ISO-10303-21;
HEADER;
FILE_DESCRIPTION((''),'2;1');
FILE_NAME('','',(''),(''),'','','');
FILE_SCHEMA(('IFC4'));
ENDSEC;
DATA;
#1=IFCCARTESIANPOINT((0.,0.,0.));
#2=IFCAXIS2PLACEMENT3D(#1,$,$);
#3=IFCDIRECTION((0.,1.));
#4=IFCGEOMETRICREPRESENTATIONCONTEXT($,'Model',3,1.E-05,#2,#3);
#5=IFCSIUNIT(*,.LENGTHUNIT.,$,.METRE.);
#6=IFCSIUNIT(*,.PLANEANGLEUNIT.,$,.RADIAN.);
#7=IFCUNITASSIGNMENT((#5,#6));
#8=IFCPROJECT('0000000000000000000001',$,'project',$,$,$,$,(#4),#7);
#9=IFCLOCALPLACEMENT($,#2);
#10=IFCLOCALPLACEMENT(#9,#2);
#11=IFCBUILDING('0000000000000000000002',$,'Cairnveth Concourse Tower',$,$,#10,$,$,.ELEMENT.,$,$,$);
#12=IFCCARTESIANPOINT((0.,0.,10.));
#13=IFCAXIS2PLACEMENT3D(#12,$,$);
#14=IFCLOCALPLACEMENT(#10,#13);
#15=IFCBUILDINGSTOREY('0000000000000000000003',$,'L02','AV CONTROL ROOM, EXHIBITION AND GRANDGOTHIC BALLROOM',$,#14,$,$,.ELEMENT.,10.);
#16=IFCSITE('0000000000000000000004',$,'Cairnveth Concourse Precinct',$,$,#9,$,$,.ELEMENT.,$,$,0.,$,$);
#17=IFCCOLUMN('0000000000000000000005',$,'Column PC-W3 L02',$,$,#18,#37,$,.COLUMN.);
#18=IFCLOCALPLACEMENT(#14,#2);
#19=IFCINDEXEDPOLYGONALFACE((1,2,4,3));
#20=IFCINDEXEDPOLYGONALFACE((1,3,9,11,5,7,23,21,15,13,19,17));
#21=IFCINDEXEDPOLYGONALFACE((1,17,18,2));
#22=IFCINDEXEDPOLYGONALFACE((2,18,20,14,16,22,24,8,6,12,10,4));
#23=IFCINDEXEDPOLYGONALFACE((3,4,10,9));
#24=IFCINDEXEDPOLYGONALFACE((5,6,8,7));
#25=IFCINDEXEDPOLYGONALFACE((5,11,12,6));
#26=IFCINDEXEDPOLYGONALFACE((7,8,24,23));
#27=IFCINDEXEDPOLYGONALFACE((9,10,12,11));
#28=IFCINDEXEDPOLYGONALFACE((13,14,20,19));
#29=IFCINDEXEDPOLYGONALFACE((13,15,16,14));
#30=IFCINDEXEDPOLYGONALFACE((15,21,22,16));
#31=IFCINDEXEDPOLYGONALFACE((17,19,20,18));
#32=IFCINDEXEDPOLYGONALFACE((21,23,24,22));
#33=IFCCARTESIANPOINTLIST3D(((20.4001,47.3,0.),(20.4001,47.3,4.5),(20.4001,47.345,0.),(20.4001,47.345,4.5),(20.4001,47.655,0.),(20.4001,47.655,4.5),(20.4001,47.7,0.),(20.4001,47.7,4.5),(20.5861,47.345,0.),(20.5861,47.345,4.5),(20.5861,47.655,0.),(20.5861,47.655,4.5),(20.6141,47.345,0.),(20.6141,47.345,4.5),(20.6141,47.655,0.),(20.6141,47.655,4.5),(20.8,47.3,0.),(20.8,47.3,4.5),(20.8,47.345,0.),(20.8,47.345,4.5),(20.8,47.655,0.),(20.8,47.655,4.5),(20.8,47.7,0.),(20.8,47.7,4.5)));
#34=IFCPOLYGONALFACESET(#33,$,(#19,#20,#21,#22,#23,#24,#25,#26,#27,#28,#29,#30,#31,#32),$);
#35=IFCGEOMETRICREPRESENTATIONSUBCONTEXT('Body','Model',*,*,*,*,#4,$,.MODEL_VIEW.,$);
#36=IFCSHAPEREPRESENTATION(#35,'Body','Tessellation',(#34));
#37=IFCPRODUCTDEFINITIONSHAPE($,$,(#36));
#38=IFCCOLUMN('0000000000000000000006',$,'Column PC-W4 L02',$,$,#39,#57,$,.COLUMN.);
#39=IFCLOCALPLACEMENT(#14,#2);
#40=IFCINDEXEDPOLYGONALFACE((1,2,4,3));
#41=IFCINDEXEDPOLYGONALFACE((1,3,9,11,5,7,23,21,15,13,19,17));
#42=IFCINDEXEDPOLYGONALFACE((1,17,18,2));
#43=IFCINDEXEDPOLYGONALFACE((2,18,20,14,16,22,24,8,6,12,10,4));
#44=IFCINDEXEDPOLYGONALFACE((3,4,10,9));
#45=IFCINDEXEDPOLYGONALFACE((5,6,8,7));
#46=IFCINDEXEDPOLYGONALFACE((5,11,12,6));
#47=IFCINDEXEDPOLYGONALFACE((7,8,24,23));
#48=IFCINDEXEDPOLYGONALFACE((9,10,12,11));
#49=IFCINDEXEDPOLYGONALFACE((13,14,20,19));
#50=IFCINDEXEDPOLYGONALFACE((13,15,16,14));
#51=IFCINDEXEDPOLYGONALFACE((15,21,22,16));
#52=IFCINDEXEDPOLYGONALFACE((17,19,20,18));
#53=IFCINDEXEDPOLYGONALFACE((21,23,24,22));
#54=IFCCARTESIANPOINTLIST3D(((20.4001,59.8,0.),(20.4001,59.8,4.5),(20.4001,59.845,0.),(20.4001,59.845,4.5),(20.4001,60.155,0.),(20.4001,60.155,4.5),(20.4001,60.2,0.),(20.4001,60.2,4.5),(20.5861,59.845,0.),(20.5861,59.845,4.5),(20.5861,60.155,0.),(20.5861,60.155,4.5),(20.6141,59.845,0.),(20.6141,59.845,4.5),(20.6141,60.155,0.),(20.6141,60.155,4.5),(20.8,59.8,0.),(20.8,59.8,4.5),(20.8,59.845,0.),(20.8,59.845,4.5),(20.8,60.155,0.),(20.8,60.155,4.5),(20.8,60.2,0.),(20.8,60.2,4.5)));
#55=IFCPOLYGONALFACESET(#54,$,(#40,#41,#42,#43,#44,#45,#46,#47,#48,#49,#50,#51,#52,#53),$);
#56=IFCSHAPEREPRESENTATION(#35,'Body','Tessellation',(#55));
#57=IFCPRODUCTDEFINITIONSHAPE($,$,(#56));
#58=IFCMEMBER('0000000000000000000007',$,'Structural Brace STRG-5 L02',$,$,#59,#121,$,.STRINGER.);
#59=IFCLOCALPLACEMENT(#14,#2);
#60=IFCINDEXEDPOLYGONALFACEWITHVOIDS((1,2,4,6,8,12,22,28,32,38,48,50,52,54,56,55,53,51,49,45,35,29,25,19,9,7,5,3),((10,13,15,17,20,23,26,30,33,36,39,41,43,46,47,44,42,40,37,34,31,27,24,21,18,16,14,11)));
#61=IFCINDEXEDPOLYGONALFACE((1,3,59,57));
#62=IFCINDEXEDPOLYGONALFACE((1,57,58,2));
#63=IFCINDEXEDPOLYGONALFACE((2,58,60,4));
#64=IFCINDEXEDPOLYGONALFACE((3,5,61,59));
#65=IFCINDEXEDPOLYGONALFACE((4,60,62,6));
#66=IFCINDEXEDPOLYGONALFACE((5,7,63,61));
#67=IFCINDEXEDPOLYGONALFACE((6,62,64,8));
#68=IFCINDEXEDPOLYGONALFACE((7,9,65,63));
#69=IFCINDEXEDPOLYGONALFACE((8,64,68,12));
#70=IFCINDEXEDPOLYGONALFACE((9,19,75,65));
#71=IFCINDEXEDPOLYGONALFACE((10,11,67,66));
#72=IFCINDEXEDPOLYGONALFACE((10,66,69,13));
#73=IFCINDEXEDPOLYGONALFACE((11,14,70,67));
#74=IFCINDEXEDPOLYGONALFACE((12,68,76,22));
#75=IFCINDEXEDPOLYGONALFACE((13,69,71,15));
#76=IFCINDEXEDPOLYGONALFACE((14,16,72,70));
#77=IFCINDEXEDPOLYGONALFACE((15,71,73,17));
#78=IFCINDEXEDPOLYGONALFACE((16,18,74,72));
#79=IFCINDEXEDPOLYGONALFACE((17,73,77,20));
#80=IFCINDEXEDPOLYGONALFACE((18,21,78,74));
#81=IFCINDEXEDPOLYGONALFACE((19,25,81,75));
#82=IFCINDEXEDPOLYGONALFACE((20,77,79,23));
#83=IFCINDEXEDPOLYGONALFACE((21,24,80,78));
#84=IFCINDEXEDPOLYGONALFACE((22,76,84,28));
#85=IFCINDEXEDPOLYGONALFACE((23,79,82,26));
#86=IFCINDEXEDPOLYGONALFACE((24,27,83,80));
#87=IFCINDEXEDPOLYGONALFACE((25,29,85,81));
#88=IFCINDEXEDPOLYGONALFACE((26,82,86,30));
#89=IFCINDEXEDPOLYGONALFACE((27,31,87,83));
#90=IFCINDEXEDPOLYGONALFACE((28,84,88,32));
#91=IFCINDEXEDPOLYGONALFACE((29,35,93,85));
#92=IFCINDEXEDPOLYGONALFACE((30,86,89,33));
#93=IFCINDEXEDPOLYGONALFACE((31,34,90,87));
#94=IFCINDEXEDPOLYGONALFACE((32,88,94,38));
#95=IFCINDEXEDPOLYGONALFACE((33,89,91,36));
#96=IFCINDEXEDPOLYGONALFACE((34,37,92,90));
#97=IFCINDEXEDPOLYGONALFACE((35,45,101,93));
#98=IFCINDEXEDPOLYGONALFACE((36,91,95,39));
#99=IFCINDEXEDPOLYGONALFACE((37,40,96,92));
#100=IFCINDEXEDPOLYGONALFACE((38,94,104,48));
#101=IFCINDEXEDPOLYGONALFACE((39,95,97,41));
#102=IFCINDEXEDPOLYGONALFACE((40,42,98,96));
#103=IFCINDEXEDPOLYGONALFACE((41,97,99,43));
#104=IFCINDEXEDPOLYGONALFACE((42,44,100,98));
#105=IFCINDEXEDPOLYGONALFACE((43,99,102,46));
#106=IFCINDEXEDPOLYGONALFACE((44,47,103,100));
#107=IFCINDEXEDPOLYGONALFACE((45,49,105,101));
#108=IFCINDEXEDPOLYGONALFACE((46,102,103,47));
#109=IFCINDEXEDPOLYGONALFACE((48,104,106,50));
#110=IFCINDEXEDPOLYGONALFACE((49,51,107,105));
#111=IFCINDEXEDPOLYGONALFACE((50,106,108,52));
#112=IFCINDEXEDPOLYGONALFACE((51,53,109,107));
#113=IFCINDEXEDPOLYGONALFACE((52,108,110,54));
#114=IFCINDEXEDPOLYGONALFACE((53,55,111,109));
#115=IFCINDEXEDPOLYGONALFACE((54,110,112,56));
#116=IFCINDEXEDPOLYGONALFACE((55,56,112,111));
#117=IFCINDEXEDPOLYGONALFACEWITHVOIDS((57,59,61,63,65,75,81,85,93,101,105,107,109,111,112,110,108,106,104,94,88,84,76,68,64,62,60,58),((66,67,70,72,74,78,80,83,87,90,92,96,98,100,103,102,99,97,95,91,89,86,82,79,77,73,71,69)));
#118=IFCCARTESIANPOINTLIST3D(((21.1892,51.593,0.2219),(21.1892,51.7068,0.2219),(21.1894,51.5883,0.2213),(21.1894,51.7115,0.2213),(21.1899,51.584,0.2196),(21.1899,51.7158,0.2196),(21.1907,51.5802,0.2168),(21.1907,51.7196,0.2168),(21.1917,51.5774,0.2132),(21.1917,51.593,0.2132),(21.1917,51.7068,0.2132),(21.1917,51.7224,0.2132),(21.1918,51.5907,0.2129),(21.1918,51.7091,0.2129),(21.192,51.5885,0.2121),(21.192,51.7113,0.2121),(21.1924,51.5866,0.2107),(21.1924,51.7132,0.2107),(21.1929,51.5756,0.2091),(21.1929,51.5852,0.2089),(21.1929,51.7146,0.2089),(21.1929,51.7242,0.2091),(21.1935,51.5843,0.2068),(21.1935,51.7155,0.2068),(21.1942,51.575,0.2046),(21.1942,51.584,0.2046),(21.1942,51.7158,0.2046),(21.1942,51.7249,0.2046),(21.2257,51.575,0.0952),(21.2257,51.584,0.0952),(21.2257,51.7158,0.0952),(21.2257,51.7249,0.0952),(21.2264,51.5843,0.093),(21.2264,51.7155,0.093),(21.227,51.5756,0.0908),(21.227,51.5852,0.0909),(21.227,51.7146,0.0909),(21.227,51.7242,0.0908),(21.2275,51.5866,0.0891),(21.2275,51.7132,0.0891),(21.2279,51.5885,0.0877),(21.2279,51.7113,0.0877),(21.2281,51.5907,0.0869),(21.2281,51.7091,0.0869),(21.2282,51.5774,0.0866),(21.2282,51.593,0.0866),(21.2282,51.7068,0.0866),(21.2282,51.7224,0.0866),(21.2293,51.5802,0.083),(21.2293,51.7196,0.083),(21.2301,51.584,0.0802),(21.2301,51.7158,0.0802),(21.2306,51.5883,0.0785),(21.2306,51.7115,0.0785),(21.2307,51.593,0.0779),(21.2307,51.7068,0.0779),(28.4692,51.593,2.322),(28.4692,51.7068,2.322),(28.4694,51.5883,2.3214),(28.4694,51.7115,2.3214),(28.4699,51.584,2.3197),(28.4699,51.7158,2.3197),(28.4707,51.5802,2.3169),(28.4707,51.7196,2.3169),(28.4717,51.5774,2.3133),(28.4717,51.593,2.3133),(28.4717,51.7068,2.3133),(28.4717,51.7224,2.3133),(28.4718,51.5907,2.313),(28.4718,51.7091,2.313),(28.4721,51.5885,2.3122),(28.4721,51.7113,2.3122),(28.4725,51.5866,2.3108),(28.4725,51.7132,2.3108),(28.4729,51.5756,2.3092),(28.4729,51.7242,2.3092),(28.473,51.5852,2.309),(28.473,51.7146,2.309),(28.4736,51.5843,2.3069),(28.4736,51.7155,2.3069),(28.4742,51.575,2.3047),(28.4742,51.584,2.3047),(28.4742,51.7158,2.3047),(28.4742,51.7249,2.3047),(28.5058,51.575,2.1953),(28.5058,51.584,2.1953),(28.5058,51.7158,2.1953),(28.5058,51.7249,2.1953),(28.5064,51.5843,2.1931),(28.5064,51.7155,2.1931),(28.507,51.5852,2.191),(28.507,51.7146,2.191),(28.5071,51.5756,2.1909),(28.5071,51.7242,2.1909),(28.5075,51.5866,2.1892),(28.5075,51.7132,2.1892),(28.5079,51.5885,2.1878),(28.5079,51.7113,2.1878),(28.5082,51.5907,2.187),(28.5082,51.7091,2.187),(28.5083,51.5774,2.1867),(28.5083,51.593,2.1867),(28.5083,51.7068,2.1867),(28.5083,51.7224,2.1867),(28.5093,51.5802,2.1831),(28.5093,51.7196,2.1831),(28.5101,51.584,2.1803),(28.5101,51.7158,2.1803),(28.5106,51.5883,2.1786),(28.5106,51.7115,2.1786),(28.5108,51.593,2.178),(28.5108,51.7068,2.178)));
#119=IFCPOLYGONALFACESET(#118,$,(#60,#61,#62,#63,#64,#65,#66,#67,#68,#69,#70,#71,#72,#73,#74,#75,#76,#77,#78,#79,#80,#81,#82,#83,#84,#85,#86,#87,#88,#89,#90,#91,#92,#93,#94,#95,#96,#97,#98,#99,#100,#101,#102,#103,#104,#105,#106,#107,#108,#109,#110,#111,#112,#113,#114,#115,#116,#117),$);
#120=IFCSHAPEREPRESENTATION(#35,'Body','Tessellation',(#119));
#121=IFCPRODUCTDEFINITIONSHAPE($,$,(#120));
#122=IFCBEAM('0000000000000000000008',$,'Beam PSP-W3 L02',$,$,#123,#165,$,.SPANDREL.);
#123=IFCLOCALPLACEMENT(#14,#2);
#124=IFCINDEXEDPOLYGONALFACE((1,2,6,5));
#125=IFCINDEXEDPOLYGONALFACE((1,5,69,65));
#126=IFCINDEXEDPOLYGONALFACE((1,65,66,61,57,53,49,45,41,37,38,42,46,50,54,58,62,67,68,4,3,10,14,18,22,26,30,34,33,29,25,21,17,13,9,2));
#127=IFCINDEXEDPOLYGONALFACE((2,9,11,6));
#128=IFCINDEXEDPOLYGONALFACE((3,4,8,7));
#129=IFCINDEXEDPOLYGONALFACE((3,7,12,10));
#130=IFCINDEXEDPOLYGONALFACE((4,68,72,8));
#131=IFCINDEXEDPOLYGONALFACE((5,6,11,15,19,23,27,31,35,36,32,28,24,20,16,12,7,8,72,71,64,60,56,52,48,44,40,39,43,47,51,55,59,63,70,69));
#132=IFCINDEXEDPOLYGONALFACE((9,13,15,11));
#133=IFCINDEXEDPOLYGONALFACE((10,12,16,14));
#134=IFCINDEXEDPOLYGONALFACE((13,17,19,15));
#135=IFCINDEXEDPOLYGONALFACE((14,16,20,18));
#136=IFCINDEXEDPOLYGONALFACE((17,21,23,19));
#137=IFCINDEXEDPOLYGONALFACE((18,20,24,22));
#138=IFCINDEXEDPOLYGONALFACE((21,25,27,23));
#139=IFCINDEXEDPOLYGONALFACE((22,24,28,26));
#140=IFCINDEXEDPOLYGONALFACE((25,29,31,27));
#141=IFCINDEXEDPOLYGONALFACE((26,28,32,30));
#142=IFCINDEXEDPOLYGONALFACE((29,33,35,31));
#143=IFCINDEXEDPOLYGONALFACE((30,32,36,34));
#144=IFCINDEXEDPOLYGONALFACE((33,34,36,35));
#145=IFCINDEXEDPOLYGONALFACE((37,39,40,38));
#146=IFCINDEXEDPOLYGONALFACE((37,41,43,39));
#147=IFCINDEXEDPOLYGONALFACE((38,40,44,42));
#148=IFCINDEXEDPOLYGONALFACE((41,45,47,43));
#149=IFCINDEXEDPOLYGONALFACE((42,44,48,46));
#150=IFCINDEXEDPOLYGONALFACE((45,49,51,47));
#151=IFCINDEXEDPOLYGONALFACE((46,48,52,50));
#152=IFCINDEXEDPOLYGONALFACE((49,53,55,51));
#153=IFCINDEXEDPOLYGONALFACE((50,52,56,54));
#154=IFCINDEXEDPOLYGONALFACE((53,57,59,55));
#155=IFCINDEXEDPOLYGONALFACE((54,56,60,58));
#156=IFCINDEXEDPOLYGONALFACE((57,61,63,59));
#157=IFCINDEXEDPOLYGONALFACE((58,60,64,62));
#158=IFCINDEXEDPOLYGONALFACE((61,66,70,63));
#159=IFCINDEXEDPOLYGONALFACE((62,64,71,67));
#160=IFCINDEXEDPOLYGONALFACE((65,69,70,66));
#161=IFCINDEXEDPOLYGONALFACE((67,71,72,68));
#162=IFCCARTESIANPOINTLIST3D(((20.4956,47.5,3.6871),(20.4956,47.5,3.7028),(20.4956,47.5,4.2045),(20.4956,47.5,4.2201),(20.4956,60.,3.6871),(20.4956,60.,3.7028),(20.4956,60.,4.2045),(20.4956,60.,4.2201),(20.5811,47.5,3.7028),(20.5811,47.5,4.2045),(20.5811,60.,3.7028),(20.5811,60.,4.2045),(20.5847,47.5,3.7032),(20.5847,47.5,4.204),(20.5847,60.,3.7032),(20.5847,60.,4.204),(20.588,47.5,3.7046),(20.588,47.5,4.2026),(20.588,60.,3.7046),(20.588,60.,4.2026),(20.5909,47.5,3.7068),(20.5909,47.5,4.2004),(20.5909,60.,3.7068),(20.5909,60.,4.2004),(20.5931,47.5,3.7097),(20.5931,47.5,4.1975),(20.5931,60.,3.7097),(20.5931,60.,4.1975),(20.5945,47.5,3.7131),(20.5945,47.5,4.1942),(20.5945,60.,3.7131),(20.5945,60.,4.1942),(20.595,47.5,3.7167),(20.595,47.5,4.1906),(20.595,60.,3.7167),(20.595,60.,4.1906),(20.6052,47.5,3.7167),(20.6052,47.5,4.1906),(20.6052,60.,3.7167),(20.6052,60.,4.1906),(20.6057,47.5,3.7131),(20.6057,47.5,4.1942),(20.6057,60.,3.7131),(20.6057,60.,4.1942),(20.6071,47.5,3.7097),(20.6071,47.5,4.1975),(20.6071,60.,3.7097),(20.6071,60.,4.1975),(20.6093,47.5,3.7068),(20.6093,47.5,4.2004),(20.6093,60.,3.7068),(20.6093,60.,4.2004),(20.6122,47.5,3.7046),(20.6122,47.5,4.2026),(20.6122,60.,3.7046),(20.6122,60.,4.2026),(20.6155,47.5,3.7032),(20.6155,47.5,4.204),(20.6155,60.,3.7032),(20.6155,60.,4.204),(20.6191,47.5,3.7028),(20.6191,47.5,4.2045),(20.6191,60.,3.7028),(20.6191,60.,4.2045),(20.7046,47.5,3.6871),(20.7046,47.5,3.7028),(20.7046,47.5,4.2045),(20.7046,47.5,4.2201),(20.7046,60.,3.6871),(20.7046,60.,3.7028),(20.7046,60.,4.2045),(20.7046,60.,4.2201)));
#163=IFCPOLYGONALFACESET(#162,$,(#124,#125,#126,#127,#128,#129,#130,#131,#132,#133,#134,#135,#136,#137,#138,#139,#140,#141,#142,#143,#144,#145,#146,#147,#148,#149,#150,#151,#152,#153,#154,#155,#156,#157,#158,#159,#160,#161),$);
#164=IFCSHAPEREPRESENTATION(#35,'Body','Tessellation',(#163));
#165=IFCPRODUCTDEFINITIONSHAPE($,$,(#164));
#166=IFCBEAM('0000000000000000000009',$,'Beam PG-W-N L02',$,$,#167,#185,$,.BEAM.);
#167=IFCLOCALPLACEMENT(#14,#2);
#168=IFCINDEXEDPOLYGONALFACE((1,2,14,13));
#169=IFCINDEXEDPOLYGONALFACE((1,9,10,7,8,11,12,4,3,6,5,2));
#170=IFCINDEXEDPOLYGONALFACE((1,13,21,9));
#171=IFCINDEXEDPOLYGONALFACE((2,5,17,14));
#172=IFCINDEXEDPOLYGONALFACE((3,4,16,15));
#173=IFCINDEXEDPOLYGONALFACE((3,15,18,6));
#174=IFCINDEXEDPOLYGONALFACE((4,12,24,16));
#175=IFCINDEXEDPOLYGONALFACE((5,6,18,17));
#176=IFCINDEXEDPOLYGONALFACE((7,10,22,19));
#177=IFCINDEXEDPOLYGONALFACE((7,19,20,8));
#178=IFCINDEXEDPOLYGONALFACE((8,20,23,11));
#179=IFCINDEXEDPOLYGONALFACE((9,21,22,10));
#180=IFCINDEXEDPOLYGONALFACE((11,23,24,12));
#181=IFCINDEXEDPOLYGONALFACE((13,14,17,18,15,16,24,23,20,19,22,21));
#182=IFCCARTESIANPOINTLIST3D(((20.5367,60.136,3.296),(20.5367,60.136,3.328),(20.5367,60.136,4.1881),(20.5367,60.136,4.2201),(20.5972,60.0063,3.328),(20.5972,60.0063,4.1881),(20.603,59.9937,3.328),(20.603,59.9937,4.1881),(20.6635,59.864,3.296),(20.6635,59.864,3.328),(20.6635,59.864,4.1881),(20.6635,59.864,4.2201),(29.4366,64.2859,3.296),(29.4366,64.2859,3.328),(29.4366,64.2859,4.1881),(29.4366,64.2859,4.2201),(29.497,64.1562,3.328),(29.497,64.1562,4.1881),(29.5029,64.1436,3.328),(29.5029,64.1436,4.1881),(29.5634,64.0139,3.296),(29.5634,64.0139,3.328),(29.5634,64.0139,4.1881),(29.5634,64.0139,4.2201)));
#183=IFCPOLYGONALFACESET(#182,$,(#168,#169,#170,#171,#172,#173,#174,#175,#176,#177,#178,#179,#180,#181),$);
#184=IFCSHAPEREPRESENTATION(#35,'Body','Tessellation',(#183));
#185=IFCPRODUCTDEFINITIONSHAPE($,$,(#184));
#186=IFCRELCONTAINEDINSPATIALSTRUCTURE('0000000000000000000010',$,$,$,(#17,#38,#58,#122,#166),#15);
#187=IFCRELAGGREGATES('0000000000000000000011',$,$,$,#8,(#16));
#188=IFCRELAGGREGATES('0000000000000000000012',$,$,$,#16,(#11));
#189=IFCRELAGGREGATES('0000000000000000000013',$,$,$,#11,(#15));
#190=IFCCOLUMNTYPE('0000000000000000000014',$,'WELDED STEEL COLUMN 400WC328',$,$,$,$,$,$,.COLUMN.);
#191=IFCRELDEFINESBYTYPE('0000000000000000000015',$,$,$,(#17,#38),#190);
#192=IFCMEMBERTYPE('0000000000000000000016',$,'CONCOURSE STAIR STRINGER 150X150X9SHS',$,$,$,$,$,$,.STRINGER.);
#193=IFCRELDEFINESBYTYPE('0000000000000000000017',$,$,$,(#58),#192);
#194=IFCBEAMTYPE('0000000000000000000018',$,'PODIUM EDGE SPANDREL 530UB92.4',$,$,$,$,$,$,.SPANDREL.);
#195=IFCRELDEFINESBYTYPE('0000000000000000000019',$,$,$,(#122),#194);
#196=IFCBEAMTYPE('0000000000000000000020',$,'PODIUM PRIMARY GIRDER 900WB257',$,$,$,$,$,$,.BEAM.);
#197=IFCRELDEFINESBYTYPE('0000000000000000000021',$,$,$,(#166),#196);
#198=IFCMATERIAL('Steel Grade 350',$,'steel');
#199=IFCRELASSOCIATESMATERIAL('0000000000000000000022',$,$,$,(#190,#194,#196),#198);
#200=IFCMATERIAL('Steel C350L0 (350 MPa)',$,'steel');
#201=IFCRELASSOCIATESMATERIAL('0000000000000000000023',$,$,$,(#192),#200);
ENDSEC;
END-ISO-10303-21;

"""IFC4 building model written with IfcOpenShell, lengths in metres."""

from ifc_helpers import new_model, si_unit, direction, frame, origin, origin_2d, place, context, subcontext, project, spatial, hollow_rectangle, i_section, extrude, material, material_profile, profile_set, type_object, element, save


model = new_model("IFC4")

# Units and contexts
model_context = context("Model", 3, precision=1e-05, world=origin(), true_north=direction((0.0, 1.0)))
body_context = subcontext(model_context, "Body", "Model", "MODEL_VIEW")
ifc_project = project(units=[si_unit("LENGTHUNIT", "METRE"), si_unit("PLANEANGLEUNIT", "RADIAN")], contexts=[model_context])

# Site, building, storey
site_placement = place(None, origin())
site = spatial("IfcSite", under=ifc_project, at=site_placement, Name="Cairnveth Concourse Precinct", CompositionType="ELEMENT", RefElevation=0.0)
building_placement = place(site_placement, origin())
building = spatial("IfcBuilding", under=site, at=building_placement, Name="Cairnveth Concourse Tower", CompositionType="ELEMENT")
storey_placement = place(building_placement, frame((0.0, 0.0, 10.0)))
storey = spatial("IfcBuildingStorey", under=building, at=storey_placement, Name="L02", Description="AV CONTROL ROOM, EXHIBITION AND GRANDGOTHIC BALLROOM", CompositionType="ELEMENT", Elevation=10.0)

# Columns
ifc_material_1 = material(Name="Steel Grade 350", Category="steel")
ifc_material_profile_1 = material_profile(ifc_material_1, i_section(OverallWidth=0.3999, OverallDepth=0.3999, WebThickness=0.0281, FlangeThickness=0.0449, at=origin_2d()), Name="400WC328")
ifc_profile_set_1 = profile_set([ifc_material_profile_1], Name="Steel Grade 350")
column_type = type_object("IfcColumnType", Name="WELDED STEEL COLUMN 400WC328", PredefinedType="COLUMN", material=ifc_profile_set_1)
for number, where, z_axis, x_axis, name in (
    (1, (20.6001, 47.5, 0.0), (0.0, 0.0, 1.0), (1.0, 0.0, 0.0), "Column PC-W3 L02"),
    (2, (20.6001, 60.0, 0.0), (0.0, 0.0, 1.0), (1.0, 0.0, 0.0), "Column PC-W4 L02"),
):
    element("IfcColumn", number, at=place(storey_placement, frame(where, z_axis=z_axis, x_axis=x_axis)), inside=storey, type_object=column_type, Name=name, PredefinedType="COLUMN", context=body_context, shape_type="SweptSolid", body=[
        extrude(i_section(OverallWidth=0.3999, OverallDepth=0.3999, WebThickness=0.0281, FlangeThickness=0.0449, at=origin_2d()), origin(), (0.0, 0.0, 1.0), 4.5),
    ])

# Member
ifc_material_2 = material(Name="Steel C350L0 (350 MPa)", Category="steel")
ifc_material_profile_2 = material_profile(ifc_material_2, hollow_rectangle(XDim=0.1499, YDim=0.1499, WallThickness=0.009, InnerFilletRadius=0.009, OuterFilletRadius=0.0181, at=origin_2d()), Name="150x150x9.0SHS")
ifc_profile_set_2 = profile_set([ifc_material_profile_2], Name="Steel C350L0 (350 MPa)")
member_type = type_object("IfcMemberType", Name="CONCOURSE STAIR STRINGER 150X150X9SHS", PredefinedType="STRINGER", material=ifc_profile_set_2)
member_placement = place(storey_placement, frame((21.21, 51.6499, 0.1499), z_axis=(0.96082, 0.0, 0.277172), x_axis=(0.0, 1.0, 0.0)))
element("IfcMember", 3, at=member_placement, inside=storey, type_object=member_type, Name="Structural Brace STRG-5 L02", PredefinedType="STRINGER", context=body_context, shape_type="SweptSolid", body=[
    extrude(hollow_rectangle(XDim=0.1499, YDim=0.1499, WallThickness=0.009, InnerFilletRadius=0.009, OuterFilletRadius=0.0181, at=origin_2d()), origin(), (0.0, 0.0, 1.0), 7.5769),
])

# Beams
ifc_material_profile_3 = material_profile(ifc_material_1, i_section(OverallWidth=0.209, OverallDepth=0.533, WebThickness=0.0103, FlangeThickness=0.0156, FilletRadius=0.0139, at=origin_2d()), Name="530UB92.4")
ifc_profile_set_3 = profile_set([ifc_material_profile_3], Name="Steel Grade 350")
beam_type_1 = type_object("IfcBeamType", Name="PODIUM EDGE SPANDREL 530UB92.4", PredefinedType="SPANDREL", material=ifc_profile_set_3)
beam_1_placement = place(storey_placement, frame((20.6001, 47.5, 3.9536), z_axis=(0.0, 1.0, 0.0), x_axis=(-1.0, 0.0, 0.0)))
element("IfcBeam", 4, at=beam_1_placement, inside=storey, type_object=beam_type_1, Name="Beam PSP-W3 L02", PredefinedType="SPANDREL", context=body_context, shape_type="SweptSolid", body=[
    extrude(i_section(OverallWidth=0.209, OverallDepth=0.533, WebThickness=0.0103, FlangeThickness=0.0156, FilletRadius=0.0139, at=origin_2d()), origin(), (0.0, 0.0, 1.0), 12.5),
])
ifc_material_profile_4 = material_profile(ifc_material_1, i_section(OverallWidth=0.3, OverallDepth=0.9241, WebThickness=0.0139, FlangeThickness=0.032, at=origin_2d()), Name="900WB257")
ifc_profile_set_4 = profile_set([ifc_material_profile_4], Name="Steel Grade 350")
beam_type_2 = type_object("IfcBeamType", Name="PODIUM PRIMARY GIRDER 900WB257", PredefinedType="BEAM", material=ifc_profile_set_4)
beam_2_placement = place(storey_placement, frame((20.6001, 60.0, 3.7581), z_axis=(0.906315, 0.422602, 0.0), x_axis=(-0.422602, 0.906315, 0.0)))
element("IfcBeam", 5, at=beam_2_placement, inside=storey, type_object=beam_type_2, Name="Beam PG-W-N L02", PredefinedType="BEAM", context=body_context, shape_type="SweptSolid", body=[
    extrude(i_section(OverallWidth=0.3, OverallDepth=0.9241, WebThickness=0.0139, FlangeThickness=0.032, at=origin_2d()), origin(), (0.0, 0.0, 1.0), 9.8198),
])

save(model, "model.ifc")
